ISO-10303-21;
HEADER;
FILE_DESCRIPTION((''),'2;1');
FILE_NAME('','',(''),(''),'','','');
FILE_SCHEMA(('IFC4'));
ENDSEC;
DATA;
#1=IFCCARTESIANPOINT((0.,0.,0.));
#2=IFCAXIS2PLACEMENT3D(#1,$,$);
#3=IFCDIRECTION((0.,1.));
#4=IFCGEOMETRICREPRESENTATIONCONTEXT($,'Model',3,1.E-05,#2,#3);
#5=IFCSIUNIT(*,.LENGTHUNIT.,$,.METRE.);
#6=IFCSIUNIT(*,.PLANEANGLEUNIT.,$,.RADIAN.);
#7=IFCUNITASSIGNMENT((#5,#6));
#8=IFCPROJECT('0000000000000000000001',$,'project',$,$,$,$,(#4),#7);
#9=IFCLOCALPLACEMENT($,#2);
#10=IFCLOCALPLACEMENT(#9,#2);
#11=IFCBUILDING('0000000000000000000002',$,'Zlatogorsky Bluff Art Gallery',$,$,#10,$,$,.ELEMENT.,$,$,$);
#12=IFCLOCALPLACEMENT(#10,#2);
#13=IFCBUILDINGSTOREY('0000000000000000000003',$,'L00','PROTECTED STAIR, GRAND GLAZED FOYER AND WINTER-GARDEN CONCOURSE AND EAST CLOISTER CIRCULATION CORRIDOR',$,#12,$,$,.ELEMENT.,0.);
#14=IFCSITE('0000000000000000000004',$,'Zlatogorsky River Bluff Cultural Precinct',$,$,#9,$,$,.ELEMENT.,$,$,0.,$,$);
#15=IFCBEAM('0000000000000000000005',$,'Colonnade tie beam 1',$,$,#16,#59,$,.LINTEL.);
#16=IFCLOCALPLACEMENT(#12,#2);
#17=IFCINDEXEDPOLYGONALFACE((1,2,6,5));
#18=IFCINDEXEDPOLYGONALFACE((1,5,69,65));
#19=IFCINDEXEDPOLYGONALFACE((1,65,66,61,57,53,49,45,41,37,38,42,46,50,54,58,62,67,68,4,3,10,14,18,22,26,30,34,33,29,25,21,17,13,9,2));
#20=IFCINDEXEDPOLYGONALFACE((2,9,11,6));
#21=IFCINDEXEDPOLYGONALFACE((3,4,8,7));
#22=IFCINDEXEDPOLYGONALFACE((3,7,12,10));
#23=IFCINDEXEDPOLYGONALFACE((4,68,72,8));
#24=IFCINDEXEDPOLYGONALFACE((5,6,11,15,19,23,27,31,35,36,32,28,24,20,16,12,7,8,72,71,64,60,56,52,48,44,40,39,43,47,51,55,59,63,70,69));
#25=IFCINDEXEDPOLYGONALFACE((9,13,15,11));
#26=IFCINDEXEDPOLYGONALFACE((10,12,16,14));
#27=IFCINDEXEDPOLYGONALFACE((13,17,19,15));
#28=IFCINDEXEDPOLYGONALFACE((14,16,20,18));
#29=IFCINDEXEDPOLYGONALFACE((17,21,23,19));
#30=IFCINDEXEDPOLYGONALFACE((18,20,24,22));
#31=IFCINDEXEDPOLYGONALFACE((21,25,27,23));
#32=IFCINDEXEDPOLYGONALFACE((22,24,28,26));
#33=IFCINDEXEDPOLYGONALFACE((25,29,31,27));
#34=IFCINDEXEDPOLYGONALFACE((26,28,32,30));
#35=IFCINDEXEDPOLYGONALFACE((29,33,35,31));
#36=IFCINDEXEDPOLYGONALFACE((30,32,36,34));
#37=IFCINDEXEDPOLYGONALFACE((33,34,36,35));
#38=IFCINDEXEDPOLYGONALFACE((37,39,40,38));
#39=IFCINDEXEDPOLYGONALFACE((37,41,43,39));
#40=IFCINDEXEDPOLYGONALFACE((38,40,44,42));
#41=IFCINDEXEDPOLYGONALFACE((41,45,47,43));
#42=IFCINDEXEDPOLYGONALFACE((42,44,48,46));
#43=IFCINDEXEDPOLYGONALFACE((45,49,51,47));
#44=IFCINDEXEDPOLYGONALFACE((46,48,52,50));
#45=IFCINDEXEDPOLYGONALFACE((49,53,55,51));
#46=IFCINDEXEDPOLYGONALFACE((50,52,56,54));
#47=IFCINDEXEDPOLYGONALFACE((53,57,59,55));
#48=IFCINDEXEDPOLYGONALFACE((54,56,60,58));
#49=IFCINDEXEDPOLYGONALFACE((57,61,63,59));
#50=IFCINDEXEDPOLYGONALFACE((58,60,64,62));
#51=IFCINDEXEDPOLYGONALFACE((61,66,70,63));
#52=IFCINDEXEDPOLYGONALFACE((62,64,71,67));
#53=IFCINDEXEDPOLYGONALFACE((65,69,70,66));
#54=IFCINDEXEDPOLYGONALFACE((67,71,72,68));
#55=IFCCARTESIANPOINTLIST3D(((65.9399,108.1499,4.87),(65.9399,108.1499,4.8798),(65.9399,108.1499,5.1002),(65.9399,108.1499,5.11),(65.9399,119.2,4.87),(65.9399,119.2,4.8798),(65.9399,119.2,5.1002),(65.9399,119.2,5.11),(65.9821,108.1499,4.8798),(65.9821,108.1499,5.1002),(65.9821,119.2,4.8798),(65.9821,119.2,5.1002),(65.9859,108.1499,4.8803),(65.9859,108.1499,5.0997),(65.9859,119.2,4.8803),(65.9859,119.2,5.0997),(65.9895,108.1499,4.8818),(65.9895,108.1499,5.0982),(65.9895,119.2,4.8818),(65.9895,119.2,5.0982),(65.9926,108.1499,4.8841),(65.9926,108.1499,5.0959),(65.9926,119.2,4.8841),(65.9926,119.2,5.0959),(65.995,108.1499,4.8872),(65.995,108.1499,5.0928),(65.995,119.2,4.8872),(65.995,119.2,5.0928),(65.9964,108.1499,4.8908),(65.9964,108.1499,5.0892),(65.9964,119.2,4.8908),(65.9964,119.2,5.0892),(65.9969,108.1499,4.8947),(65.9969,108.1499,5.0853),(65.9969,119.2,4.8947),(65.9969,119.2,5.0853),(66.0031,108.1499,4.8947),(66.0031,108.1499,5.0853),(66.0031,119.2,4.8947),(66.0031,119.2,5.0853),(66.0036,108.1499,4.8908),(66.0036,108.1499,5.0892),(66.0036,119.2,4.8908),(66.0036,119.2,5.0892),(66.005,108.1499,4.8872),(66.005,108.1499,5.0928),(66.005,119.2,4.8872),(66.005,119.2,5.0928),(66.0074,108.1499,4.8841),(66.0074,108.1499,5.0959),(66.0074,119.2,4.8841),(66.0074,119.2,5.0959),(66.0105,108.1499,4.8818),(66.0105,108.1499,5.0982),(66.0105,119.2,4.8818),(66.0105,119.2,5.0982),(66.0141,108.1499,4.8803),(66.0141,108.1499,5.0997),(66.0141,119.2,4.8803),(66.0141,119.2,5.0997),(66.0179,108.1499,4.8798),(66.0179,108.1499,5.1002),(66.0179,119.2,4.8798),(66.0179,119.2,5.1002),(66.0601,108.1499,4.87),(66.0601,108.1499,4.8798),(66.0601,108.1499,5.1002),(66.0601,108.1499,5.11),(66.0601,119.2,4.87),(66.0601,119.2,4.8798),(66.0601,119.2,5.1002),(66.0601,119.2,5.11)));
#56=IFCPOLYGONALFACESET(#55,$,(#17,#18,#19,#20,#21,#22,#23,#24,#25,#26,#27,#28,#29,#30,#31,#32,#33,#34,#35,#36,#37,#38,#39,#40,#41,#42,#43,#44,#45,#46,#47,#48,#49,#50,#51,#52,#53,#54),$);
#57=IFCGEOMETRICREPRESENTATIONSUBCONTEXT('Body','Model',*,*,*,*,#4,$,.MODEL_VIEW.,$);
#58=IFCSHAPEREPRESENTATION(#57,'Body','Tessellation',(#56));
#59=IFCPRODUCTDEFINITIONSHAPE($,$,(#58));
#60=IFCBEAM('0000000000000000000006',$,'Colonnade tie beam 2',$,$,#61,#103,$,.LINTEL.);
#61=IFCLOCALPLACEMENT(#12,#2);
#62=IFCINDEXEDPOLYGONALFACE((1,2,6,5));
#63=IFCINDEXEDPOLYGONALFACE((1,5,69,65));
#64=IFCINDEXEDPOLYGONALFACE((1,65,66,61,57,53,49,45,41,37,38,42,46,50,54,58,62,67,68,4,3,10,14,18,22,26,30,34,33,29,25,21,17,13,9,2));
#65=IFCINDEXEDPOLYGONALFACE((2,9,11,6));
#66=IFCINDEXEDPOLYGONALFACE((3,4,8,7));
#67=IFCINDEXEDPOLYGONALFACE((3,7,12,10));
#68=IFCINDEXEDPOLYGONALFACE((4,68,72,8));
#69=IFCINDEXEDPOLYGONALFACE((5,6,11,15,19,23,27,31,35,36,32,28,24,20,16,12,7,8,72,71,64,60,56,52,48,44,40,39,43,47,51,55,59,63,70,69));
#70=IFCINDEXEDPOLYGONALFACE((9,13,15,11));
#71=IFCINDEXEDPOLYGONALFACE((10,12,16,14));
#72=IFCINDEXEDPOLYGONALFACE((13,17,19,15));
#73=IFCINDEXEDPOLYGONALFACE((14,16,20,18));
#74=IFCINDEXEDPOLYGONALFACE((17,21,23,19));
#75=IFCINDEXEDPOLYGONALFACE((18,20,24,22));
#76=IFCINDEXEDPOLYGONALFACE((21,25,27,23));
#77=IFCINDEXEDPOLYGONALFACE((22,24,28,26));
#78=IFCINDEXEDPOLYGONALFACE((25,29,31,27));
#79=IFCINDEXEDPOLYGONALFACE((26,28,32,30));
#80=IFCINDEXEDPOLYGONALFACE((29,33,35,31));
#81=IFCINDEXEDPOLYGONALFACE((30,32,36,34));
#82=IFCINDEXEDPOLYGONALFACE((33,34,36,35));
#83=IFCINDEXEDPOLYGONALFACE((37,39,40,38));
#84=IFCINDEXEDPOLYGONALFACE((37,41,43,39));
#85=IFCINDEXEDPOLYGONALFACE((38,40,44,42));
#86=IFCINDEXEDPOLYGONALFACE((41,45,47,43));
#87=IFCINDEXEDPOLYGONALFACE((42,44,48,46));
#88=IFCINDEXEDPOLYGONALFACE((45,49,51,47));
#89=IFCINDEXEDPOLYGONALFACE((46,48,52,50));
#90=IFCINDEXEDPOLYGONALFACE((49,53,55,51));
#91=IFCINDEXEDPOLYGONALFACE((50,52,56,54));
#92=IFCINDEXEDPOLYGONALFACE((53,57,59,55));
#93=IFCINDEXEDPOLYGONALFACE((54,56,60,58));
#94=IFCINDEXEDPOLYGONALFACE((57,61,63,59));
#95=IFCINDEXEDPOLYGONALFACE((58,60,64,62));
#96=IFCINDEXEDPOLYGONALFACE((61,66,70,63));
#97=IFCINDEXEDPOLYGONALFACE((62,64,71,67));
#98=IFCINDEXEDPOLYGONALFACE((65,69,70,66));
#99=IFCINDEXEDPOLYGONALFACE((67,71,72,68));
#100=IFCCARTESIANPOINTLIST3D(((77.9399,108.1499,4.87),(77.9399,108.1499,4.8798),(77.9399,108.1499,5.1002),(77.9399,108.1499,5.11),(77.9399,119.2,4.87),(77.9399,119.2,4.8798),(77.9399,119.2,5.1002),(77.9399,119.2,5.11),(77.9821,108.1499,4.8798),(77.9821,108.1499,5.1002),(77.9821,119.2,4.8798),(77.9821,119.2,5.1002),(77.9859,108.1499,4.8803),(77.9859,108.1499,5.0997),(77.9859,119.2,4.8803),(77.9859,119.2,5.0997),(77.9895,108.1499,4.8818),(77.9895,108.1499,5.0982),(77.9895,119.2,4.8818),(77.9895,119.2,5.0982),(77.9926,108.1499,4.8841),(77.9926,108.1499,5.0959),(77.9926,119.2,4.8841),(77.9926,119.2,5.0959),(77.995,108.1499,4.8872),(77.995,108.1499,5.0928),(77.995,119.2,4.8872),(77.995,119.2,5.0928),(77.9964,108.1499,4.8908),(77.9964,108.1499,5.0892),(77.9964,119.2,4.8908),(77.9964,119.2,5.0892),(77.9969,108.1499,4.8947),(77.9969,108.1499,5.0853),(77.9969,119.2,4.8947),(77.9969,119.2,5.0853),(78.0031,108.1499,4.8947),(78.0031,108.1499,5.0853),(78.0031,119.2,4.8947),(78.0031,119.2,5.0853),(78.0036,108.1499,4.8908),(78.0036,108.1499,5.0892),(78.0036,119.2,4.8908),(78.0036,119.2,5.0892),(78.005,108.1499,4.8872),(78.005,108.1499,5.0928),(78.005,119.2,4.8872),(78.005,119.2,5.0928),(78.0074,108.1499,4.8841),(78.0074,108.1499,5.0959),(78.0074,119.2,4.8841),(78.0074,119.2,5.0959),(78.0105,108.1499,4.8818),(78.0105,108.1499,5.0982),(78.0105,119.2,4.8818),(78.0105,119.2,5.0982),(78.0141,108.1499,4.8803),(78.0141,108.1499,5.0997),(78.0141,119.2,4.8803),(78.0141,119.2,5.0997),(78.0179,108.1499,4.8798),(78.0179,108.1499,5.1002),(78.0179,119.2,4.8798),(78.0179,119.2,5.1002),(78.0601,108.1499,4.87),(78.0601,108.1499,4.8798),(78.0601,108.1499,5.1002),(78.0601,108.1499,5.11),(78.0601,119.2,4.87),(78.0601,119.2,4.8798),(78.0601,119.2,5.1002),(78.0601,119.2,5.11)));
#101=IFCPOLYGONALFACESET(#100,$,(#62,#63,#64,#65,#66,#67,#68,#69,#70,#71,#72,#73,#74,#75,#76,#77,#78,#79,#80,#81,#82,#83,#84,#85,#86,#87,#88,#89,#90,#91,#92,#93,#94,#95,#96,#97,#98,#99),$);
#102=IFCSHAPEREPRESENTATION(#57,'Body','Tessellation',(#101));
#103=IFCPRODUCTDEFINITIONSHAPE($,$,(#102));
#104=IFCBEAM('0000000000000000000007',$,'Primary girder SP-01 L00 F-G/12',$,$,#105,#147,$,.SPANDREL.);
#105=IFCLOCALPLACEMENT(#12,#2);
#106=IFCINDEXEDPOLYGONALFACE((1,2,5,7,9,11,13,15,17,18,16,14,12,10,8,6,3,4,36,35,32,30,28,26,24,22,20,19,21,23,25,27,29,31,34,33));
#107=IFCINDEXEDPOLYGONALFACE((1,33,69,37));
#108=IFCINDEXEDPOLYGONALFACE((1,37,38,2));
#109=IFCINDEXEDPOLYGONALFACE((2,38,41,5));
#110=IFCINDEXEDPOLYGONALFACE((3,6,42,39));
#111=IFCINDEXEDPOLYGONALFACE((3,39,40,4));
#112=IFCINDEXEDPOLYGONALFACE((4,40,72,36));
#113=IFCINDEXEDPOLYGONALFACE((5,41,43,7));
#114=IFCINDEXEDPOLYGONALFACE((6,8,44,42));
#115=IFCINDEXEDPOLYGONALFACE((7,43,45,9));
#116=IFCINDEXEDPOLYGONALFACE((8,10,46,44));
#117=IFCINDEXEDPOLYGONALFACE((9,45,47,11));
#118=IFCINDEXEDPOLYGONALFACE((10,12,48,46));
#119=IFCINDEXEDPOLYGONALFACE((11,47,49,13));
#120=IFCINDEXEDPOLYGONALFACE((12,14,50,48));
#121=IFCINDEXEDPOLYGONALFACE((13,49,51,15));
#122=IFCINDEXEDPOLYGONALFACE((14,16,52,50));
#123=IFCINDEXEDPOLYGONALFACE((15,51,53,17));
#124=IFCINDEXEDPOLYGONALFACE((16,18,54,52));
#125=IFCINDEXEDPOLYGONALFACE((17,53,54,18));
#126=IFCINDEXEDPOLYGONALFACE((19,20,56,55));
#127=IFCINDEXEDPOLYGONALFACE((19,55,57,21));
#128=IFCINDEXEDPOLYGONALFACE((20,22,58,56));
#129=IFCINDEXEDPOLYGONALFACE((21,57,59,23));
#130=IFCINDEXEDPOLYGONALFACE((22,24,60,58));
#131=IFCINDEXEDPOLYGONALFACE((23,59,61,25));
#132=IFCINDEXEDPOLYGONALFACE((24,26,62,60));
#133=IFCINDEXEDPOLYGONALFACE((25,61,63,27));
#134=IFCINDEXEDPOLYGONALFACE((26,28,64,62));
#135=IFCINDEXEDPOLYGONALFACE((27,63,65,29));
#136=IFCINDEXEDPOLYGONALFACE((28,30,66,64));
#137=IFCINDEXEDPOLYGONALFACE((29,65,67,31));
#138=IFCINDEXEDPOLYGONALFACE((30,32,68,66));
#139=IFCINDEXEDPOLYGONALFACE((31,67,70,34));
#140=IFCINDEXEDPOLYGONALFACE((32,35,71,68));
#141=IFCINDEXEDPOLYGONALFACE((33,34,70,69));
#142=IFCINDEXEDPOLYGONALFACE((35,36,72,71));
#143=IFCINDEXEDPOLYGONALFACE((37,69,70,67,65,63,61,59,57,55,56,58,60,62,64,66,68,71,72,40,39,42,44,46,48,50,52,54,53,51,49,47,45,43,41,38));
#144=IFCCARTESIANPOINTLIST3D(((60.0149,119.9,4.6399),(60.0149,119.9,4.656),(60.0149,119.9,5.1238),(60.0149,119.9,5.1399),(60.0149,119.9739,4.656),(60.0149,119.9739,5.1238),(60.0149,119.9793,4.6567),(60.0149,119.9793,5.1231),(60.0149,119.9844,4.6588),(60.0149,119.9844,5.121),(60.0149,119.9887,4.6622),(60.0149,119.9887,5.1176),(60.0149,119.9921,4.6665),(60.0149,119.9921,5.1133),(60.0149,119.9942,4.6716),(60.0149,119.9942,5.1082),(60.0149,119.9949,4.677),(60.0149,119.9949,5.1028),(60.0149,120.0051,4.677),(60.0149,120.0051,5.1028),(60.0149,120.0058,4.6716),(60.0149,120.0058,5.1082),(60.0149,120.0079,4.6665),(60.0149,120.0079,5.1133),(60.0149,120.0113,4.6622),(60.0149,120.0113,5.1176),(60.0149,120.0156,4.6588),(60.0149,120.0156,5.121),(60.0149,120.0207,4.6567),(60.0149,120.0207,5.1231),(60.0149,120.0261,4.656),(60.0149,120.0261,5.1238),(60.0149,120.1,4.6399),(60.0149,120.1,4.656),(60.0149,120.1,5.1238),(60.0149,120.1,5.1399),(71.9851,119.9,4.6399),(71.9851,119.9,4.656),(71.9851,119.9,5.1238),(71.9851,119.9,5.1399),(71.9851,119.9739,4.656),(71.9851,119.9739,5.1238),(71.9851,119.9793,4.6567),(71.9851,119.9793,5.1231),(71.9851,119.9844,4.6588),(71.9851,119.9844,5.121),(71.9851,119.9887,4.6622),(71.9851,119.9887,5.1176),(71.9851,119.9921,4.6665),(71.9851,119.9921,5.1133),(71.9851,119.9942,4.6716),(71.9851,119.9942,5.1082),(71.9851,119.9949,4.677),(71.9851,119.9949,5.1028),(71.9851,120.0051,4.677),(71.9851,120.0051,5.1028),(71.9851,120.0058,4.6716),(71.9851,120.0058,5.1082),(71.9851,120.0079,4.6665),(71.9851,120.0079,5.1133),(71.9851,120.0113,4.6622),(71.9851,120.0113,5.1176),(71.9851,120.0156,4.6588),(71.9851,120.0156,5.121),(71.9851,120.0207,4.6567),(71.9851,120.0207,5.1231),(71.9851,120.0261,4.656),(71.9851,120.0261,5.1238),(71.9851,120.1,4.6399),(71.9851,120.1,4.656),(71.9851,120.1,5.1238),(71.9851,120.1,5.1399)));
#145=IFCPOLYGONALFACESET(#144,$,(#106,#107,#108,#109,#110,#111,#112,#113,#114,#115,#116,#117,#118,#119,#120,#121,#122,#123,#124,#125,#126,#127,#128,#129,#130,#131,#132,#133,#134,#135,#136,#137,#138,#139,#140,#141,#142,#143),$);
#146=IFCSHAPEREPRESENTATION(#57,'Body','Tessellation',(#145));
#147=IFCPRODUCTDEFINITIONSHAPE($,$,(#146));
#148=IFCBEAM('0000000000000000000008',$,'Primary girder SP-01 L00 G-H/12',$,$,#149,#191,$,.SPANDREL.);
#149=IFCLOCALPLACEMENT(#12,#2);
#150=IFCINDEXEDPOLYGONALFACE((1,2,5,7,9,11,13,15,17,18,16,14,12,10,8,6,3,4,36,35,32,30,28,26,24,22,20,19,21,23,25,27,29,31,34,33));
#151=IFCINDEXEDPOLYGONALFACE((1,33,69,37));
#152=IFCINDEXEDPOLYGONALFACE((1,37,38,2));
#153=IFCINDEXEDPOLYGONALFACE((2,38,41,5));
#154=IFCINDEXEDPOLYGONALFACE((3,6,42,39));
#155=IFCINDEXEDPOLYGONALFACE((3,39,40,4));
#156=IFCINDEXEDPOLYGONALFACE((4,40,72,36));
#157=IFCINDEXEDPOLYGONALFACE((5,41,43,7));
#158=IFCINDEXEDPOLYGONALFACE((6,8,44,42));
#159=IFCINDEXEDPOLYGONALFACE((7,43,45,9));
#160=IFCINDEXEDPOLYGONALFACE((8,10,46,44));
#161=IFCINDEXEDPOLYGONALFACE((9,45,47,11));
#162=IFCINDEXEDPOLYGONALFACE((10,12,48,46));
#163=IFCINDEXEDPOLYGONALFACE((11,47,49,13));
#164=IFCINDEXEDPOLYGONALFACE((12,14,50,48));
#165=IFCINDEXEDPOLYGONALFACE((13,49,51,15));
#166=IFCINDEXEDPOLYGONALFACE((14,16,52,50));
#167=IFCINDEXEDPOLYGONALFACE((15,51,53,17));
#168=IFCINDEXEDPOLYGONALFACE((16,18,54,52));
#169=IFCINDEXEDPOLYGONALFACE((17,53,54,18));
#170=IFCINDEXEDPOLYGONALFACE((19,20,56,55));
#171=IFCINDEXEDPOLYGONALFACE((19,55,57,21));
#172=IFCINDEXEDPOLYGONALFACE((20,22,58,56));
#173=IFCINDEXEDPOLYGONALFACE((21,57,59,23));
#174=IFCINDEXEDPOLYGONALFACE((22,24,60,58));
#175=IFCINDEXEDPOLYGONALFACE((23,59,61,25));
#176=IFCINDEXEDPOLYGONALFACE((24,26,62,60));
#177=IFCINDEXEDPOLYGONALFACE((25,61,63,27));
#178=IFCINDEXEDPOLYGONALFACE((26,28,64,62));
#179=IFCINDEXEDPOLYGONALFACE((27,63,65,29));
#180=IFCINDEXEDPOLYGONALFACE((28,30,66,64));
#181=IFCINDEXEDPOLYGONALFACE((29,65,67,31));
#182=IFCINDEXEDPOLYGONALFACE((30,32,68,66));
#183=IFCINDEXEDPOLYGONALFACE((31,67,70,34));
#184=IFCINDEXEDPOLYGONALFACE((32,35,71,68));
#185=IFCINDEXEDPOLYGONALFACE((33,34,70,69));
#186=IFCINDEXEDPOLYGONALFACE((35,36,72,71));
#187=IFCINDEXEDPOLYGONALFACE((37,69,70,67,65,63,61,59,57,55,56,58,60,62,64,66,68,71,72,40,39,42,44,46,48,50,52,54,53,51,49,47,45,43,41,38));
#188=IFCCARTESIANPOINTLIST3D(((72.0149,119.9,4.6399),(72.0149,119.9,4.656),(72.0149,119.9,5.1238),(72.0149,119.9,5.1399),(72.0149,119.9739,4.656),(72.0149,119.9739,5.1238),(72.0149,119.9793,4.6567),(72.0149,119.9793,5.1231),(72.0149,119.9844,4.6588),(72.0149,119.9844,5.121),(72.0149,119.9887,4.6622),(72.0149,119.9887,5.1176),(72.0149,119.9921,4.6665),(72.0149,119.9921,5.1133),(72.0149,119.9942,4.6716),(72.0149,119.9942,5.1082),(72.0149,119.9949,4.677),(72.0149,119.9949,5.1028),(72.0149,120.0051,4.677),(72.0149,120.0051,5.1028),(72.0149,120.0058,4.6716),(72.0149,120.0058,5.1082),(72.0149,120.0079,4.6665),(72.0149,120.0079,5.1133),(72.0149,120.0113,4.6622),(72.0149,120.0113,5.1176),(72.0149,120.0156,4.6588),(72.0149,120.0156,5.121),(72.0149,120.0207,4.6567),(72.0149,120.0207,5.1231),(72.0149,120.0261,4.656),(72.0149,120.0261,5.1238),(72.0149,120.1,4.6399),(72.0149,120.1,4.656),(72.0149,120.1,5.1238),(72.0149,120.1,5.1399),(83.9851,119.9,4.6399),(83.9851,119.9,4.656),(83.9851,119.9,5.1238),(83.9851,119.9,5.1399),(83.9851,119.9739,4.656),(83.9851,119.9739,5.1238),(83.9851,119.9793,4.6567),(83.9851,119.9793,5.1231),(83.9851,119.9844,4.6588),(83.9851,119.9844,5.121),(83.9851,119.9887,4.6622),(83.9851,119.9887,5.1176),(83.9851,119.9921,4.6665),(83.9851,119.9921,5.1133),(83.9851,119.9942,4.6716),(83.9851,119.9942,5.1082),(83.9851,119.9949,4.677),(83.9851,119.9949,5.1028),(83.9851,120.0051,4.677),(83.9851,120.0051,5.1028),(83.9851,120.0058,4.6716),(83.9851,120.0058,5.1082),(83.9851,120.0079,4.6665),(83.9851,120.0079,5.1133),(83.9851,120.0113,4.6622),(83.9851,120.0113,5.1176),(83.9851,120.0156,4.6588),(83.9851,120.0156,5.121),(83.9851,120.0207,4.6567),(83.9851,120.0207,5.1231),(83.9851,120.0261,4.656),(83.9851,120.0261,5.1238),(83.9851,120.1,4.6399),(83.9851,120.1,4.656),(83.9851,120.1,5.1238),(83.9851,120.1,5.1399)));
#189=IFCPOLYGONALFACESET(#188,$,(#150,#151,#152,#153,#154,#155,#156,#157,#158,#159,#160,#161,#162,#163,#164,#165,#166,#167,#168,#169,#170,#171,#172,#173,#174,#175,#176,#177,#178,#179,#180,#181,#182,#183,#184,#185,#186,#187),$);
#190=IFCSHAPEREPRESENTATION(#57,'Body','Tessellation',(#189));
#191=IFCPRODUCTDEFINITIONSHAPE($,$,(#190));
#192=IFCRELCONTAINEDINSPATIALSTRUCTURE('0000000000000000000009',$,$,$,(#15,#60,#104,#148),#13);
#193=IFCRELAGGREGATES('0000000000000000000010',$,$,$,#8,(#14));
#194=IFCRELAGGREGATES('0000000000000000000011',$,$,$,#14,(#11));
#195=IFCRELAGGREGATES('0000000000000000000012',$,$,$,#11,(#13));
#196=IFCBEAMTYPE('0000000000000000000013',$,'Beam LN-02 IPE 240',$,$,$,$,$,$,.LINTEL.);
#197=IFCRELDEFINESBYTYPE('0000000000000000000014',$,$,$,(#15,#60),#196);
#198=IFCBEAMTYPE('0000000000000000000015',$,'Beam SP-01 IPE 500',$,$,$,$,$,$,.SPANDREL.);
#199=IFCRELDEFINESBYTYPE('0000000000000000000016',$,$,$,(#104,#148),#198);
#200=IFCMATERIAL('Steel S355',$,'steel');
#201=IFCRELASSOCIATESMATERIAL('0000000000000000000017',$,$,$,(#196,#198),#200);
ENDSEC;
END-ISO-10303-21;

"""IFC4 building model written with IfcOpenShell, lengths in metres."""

from ifc_helpers import new_model, si_unit, direction, frame, origin, origin_2d, place, context, subcontext, project, spatial, i_section, extrude, material, material_profile, profile_set, type_object, element, save


model = new_model("IFC4")

# Units and contexts
model_context = context("Model", 3, precision=1e-05, world=origin(), true_north=direction((0.0, 1.0)))
body_context = subcontext(model_context, "Body", "Model", "MODEL_VIEW")
ifc_project = project(units=[si_unit("LENGTHUNIT", "METRE"), si_unit("PLANEANGLEUNIT", "RADIAN")], contexts=[model_context])

# Site, building, storey
site_placement = place(None, origin())
site = spatial("IfcSite", under=ifc_project, at=site_placement, Name="Zlatogorsky River Bluff Cultural Precinct", CompositionType="ELEMENT", RefElevation=0.0)
building_placement = place(site_placement, origin())
building = spatial("IfcBuilding", under=site, at=building_placement, Name="Zlatogorsky Bluff Art Gallery", CompositionType="ELEMENT")
storey_placement = place(building_placement, origin())
storey = spatial("IfcBuildingStorey", under=building, at=storey_placement, Name="L00", Description="PROTECTED STAIR, GRAND GLAZED FOYER AND WINTER-GARDEN CONCOURSE AND EAST CLOISTER CIRCULATION CORRIDOR", CompositionType="ELEMENT", Elevation=0.0)

# Shared definitions
ifc_material_1 = material(Name="Steel S355", Category="steel")

# Beams
ifc_material_profile_1 = material_profile(ifc_material_1, i_section(OverallWidth=0.1201, OverallDepth=0.24, WebThickness=0.0061, FlangeThickness=0.0098, FilletRadius=0.0149, at=origin_2d()), Name="IPE 240")
ifc_profile_set_1 = profile_set([ifc_material_profile_1], Name="Steel S355")
beam_type_1 = type_object("IfcBeamType", Name="Beam LN-02 IPE 240", PredefinedType="LINTEL", material=ifc_profile_set_1)
for number, where, z_axis, x_axis, name in (
    (1, (66.0, 108.1499, 4.99), (0.0, 1.0, 0.0), (-1.0, 0.0, 0.0), "Colonnade tie beam 1"),
    (2, (78.0, 108.1499, 4.99), (0.0, 1.0, 0.0), (-1.0, 0.0, 0.0), "Colonnade tie beam 2"),
):
    element("IfcBeam", number, at=place(storey_placement, frame(where, z_axis=z_axis, x_axis=x_axis)), inside=storey, type_object=beam_type_1, Name=name, PredefinedType="LINTEL", context=body_context, shape_type="SweptSolid", body=[
        extrude(i_section(OverallWidth=0.1201, OverallDepth=0.24, WebThickness=0.0061, FlangeThickness=0.0098, FilletRadius=0.0149, at=origin_2d()), origin(), (0.0, 0.0, 1.0), 11.05),
    ])
ifc_material_profile_2 = material_profile(ifc_material_1, i_section(OverallWidth=0.2, OverallDepth=0.5, WebThickness=0.0103, FlangeThickness=0.0161, FilletRadius=0.021, at=origin_2d()), Name="IPE 500")
ifc_profile_set_2 = profile_set([ifc_material_profile_2], Name="Steel S355")
beam_type_2 = type_object("IfcBeamType", Name="Beam SP-01 IPE 500", PredefinedType="SPANDREL", material=ifc_profile_set_2)
for number, where, z_axis, x_axis, name in (
    (3, (60.0149, 120.0, 4.8899), (1.0, 0.0, 0.0), (0.0, 1.0, 0.0), "Primary girder SP-01 L00 F-G/12"),
    (4, (72.0149, 120.0, 4.8899), (1.0, 0.0, 0.0), (0.0, 1.0, 0.0), "Primary girder SP-01 L00 G-H/12"),
):
    element("IfcBeam", number, at=place(storey_placement, frame(where, z_axis=z_axis, x_axis=x_axis)), inside=storey, type_object=beam_type_2, Name=name, PredefinedType="SPANDREL", context=body_context, shape_type="SweptSolid", body=[
        extrude(i_section(OverallWidth=0.2, OverallDepth=0.5, WebThickness=0.0103, FlangeThickness=0.0161, FilletRadius=0.021, at=origin_2d()), origin(), (0.0, 0.0, 1.0), 11.9702),
    ])

save(model, "model.ifc")
